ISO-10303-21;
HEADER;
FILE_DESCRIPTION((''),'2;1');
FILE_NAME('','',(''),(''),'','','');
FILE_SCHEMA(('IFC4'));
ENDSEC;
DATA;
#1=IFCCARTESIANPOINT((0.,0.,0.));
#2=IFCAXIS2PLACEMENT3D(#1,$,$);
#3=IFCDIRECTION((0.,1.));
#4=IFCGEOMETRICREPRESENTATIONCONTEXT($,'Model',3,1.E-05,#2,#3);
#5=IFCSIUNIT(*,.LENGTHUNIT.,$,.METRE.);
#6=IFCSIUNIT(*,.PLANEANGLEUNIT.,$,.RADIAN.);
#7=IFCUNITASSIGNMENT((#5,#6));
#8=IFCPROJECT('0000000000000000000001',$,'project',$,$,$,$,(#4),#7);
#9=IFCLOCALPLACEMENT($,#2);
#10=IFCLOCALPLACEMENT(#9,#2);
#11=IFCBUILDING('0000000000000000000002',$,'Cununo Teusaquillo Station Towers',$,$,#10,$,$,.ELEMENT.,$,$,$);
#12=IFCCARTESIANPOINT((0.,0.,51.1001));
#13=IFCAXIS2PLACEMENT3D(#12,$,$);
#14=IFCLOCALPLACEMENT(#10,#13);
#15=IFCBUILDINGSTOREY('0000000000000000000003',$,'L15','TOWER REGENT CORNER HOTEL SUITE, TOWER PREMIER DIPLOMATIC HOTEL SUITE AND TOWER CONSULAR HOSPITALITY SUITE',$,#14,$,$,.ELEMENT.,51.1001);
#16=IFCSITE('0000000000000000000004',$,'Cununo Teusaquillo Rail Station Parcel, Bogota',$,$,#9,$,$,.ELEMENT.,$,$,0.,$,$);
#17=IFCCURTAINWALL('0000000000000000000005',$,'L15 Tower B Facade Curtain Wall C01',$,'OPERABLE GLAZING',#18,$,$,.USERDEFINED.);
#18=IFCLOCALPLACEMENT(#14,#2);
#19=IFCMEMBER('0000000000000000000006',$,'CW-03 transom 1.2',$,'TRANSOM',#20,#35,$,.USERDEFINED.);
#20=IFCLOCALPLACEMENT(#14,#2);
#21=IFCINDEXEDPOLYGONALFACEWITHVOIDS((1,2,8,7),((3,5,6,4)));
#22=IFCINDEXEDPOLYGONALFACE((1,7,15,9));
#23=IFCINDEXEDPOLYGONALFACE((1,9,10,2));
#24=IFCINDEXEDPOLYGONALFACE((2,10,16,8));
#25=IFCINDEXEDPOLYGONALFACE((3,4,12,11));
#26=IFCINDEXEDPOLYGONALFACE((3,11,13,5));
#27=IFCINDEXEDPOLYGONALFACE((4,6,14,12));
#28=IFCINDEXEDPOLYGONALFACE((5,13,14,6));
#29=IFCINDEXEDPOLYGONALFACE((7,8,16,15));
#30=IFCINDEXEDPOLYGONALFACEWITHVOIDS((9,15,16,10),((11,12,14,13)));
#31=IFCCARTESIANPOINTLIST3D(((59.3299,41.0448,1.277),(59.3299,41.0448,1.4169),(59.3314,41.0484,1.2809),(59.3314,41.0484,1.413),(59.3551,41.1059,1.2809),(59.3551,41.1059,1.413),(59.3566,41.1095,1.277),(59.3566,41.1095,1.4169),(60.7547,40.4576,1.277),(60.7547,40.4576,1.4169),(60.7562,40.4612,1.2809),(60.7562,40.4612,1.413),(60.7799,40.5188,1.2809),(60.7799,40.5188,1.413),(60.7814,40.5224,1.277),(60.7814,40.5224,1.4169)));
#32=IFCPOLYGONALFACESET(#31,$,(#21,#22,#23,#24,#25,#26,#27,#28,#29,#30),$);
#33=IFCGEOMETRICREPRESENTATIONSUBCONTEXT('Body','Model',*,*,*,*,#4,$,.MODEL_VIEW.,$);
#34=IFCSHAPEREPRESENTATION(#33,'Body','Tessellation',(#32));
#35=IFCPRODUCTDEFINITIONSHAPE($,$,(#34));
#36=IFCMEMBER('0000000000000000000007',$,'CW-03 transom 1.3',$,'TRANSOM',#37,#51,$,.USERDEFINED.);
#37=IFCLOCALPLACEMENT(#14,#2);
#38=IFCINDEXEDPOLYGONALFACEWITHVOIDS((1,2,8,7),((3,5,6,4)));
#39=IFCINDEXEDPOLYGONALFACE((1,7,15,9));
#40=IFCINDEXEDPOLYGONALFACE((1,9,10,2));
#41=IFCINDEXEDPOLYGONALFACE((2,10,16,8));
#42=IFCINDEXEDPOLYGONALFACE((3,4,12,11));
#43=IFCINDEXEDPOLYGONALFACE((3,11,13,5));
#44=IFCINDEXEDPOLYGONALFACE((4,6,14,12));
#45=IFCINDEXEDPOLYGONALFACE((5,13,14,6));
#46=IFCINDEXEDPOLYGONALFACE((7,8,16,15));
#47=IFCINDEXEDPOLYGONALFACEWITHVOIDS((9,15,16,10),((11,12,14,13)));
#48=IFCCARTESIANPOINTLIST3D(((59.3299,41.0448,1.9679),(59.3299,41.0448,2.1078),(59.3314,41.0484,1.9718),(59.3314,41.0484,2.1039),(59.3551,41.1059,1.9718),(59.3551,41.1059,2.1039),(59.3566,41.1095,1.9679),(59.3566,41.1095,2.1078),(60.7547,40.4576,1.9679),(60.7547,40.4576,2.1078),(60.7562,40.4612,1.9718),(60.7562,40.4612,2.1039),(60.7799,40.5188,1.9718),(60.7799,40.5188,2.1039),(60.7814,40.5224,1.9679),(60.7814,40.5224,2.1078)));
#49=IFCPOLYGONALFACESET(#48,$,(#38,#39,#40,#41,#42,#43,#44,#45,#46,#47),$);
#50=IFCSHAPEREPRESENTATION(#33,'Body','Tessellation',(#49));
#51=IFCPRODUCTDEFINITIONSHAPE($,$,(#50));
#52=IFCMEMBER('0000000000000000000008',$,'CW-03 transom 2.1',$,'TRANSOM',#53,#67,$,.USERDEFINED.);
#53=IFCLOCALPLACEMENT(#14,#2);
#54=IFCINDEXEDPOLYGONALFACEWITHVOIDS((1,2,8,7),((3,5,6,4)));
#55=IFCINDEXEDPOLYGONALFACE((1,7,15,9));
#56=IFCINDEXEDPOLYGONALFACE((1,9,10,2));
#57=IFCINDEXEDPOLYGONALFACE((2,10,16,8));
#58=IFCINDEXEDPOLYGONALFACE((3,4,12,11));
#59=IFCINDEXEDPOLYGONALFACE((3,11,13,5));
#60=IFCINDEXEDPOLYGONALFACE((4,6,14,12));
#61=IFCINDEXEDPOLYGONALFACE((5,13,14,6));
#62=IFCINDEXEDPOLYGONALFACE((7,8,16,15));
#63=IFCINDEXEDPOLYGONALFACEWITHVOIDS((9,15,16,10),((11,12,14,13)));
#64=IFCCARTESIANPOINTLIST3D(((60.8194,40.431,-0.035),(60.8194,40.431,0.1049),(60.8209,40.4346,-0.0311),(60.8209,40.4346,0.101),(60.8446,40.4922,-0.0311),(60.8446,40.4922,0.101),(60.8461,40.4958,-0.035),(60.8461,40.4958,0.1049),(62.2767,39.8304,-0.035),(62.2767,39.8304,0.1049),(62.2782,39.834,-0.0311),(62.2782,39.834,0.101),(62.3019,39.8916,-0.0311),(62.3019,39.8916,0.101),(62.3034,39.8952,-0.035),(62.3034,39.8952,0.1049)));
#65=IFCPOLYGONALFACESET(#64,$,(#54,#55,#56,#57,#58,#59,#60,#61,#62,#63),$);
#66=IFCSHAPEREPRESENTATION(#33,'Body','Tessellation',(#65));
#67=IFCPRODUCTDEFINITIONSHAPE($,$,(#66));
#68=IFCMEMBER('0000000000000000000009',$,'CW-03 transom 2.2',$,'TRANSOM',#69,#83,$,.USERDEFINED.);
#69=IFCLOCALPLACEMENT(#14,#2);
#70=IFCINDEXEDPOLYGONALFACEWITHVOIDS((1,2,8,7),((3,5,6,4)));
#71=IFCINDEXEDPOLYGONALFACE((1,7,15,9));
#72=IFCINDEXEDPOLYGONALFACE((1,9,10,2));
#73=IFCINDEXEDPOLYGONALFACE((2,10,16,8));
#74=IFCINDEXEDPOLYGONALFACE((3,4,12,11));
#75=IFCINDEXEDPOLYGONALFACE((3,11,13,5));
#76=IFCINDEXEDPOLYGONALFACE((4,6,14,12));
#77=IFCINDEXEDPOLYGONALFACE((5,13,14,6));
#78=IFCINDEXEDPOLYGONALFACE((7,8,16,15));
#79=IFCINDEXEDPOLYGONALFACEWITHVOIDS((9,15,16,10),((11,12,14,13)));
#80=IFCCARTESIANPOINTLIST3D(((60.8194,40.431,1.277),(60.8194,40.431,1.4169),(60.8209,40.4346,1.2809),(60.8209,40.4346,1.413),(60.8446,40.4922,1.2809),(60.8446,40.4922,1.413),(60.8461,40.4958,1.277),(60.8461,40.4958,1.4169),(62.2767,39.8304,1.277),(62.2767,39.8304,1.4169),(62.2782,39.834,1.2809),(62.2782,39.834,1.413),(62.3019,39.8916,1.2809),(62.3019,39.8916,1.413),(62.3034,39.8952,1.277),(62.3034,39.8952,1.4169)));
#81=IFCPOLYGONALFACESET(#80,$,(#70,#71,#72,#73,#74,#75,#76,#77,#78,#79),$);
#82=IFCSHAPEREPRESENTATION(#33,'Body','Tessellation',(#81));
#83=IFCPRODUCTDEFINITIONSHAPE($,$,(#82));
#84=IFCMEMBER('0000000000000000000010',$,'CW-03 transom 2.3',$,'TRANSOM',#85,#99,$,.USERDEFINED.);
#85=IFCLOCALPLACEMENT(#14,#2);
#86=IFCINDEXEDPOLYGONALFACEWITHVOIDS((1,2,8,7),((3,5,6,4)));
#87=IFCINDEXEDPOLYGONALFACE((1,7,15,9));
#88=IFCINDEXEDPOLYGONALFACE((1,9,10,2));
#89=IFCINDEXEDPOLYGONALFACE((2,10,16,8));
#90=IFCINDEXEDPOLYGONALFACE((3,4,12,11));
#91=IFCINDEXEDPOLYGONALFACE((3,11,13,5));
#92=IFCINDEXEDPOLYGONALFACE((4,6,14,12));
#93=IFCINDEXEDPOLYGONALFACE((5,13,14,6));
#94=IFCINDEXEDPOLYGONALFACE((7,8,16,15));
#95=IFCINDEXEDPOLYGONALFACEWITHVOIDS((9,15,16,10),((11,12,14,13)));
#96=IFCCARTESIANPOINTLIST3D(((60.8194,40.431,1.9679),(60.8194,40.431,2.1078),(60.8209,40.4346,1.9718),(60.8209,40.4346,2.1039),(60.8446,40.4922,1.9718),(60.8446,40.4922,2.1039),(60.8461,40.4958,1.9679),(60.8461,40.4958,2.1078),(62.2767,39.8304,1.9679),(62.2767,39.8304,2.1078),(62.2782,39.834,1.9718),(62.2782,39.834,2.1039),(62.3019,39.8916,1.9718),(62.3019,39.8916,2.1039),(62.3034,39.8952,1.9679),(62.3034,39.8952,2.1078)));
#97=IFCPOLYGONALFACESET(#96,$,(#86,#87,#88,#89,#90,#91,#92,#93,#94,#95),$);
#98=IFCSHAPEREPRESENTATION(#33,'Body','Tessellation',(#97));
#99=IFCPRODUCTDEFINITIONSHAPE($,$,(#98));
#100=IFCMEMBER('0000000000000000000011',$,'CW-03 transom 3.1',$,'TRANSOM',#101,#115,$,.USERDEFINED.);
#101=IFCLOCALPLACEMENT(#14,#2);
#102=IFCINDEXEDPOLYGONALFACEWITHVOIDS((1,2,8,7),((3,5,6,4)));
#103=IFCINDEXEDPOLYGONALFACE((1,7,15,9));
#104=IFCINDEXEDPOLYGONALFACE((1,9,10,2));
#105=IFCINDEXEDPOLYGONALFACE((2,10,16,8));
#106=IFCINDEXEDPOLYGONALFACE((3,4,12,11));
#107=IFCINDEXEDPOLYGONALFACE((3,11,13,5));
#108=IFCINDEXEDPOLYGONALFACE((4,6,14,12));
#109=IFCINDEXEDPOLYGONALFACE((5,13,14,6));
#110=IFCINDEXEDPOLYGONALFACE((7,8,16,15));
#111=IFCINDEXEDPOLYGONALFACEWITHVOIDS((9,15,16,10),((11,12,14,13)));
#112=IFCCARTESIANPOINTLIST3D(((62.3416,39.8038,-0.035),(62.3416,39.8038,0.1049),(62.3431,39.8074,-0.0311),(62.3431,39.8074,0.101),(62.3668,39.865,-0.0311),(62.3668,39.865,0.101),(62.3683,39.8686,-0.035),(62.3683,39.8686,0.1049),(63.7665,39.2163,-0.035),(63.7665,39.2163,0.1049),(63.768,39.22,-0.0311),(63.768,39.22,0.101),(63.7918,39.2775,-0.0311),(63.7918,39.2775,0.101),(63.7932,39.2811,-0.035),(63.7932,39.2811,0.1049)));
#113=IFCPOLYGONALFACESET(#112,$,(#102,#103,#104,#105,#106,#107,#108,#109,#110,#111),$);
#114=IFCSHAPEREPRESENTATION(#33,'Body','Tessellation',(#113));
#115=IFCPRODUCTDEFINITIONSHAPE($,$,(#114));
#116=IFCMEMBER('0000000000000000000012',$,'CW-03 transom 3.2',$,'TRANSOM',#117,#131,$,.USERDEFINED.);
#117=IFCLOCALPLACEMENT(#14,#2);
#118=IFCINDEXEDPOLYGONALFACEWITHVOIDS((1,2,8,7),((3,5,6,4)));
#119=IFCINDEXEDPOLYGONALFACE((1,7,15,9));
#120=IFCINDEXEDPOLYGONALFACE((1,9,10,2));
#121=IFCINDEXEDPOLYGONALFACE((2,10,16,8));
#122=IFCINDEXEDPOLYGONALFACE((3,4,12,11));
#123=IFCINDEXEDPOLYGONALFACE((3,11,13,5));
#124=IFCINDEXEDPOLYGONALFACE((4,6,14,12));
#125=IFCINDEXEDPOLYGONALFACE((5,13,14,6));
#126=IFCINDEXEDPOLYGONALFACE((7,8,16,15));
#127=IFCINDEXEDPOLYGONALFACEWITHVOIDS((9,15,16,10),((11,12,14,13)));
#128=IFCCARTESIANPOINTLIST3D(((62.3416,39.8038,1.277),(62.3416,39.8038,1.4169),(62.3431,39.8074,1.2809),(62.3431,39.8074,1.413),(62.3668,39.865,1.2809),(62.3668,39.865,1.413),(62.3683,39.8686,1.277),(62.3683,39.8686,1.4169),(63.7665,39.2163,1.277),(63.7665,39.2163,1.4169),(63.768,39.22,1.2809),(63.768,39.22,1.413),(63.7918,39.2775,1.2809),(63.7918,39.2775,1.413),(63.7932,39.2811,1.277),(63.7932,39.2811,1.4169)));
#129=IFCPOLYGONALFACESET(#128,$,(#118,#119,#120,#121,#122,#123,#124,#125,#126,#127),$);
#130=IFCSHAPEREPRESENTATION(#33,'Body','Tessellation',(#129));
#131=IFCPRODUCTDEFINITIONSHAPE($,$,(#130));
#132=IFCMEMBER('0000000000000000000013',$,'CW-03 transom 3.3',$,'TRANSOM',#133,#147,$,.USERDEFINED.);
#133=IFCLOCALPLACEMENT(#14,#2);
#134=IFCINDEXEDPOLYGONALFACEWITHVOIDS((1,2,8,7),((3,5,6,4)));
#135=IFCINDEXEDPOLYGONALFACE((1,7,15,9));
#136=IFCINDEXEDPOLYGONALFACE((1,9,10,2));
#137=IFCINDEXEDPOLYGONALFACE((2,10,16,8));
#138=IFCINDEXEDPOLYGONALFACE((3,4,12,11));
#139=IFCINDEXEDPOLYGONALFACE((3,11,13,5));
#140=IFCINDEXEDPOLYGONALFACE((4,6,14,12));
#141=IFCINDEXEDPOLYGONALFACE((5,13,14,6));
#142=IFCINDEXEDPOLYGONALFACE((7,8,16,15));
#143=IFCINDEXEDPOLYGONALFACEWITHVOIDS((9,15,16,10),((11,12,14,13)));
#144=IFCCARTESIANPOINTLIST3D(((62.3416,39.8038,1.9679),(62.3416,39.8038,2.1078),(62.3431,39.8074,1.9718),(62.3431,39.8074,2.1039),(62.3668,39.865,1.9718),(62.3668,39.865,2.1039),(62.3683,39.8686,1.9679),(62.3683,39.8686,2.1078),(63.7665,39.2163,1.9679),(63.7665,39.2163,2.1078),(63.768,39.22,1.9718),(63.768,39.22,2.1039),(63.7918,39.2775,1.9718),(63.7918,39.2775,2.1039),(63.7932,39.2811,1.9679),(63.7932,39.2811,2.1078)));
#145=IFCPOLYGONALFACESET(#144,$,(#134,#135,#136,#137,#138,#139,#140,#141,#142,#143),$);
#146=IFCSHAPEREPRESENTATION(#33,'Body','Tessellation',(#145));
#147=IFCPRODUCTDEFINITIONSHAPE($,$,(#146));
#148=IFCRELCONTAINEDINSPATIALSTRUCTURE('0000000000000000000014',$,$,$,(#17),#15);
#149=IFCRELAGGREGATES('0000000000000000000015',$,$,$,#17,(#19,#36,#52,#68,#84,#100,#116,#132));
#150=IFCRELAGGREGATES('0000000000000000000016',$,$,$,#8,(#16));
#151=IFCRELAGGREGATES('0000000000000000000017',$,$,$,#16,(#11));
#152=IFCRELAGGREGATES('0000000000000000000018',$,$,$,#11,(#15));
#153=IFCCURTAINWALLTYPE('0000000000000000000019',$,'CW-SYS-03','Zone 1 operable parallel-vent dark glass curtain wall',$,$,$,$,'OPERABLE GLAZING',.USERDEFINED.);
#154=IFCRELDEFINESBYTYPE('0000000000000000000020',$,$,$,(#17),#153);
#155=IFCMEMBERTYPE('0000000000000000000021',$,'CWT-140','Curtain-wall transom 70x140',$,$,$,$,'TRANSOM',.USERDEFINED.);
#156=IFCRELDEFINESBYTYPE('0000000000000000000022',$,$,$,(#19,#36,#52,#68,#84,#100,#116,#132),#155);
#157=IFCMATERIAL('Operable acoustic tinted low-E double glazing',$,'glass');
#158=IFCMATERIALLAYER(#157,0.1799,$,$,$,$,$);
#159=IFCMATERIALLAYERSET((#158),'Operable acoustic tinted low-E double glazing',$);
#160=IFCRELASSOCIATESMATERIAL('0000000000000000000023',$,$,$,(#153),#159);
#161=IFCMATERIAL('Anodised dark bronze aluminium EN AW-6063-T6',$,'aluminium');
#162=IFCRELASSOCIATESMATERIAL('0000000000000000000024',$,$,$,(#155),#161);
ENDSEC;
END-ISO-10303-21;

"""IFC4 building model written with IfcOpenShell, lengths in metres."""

from ifc_helpers import new_model, si_unit, direction, frame, origin, origin_2d, place, context, subcontext, project, spatial, hollow_rectangle, extrude, material, layer, layer_set, material_profile, profile_set, type_object, element, aggregate, save


model = new_model("IFC4")

# Units and contexts
model_context = context("Model", 3, precision=1e-05, world=origin(), true_north=direction((0.0, 1.0)))
body_context = subcontext(model_context, "Body", "Model", "MODEL_VIEW")
ifc_project = project(units=[si_unit("LENGTHUNIT", "METRE"), si_unit("PLANEANGLEUNIT", "RADIAN")], contexts=[model_context])

# Site, building, storey
site_placement = place(None, origin())
site = spatial("IfcSite", under=ifc_project, at=site_placement, Name="Cununo Teusaquillo Rail Station Parcel, Bogota", CompositionType="ELEMENT", RefElevation=0.0)
building_placement = place(site_placement, origin())
building = spatial("IfcBuilding", under=site, at=building_placement, Name="Cununo Teusaquillo Station Towers", CompositionType="ELEMENT")
storey_placement = place(building_placement, frame((0.0, 0.0, 51.1001)))
storey = spatial("IfcBuildingStorey", under=building, at=storey_placement, Name="L15", Description="TOWER REGENT CORNER HOTEL SUITE, TOWER PREMIER DIPLOMATIC HOTEL SUITE AND TOWER CONSULAR HOSPITALITY SUITE", CompositionType="ELEMENT", Elevation=51.1001)

# Curtain wall, members
ifc_material_1 = material(Name="Operable acoustic tinted low-E double glazing", Category="glass")
ifc_layer_1 = layer(ifc_material_1, 0.1799)
ifc_layer_set_1 = layer_set([ifc_layer_1], Name="Operable acoustic tinted low-E double glazing")
curtain_wall_type = type_object("IfcCurtainWallType", Name="CW-SYS-03", Description="Zone 1 operable parallel-vent dark glass curtain wall", ElementType="OPERABLE GLAZING", PredefinedType="USERDEFINED", material=ifc_layer_set_1)
curtain_wall_placement = place(storey_placement, origin())
curtain_wall = element("IfcCurtainWall", 1, at=curtain_wall_placement, inside=storey, type_object=curtain_wall_type, Name="L15 Tower B Facade Curtain Wall C01", ObjectType="OPERABLE GLAZING", PredefinedType="USERDEFINED")
ifc_material_2 = material(Name="Anodised dark bronze aluminium EN AW-6063-T6", Category="aluminium")
ifc_material_profile_1 = material_profile(ifc_material_2, hollow_rectangle(XDim=0.0701, YDim=0.1399, WallThickness=0.0039, at=origin_2d()), Name="CW-TRAN-70x140")
ifc_profile_set_1 = profile_set([ifc_material_profile_1], Name="Anodised dark bronze aluminium EN AW-6063-T6")
member_type_1 = type_object("IfcMemberType", Name="CWT-140", Description="Curtain-wall transom 70x140", ElementType="TRANSOM", PredefinedType="USERDEFINED", material=ifc_profile_set_1)
member_1_placement = place(storey_placement, frame((59.3433, 41.0771, 1.3469), z_axis=(0.92457, -0.381013, 0.0), x_axis=(0.381013, 0.92457, 0.0)))
member_1 = element("IfcMember", 2, at=member_1_placement, type_object=member_type_1, Name="CW-03 transom 1.2", ObjectType="TRANSOM", PredefinedType="USERDEFINED", context=body_context, shape_type="SweptSolid", body=[
    extrude(hollow_rectangle(XDim=0.0701, YDim=0.1399, WallThickness=0.0039, at=origin_2d()), origin(), (0.0, 0.0, 1.0), 1.541),
])
member_2_placement = place(storey_placement, frame((59.3433, 41.0771, 2.0378), z_axis=(0.92457, -0.381013, 0.0), x_axis=(0.381013, 0.92457, 0.0)))
member_2 = element("IfcMember", 3, at=member_2_placement, type_object=member_type_1, Name="CW-03 transom 1.3", ObjectType="TRANSOM", PredefinedType="USERDEFINED", context=body_context, shape_type="SweptSolid", body=[
    extrude(hollow_rectangle(XDim=0.0701, YDim=0.1399, WallThickness=0.0039, at=origin_2d()), origin(), (0.0, 0.0, 1.0), 1.541),
])
member_3_placement = place(storey_placement, frame((60.8328, 40.4634, 0.0349), z_axis=(0.924559, -0.381038, 0.0), x_axis=(0.381038, 0.924559, 0.0)))
member_3 = element("IfcMember", 4, at=member_3_placement, type_object=member_type_1, Name="CW-03 transom 2.1", ObjectType="TRANSOM", PredefinedType="USERDEFINED", context=body_context, shape_type="SweptSolid", body=[
    extrude(hollow_rectangle(XDim=0.0701, YDim=0.1399, WallThickness=0.0039, at=origin_2d()), origin(), (0.0, 0.0, 1.0), 1.5762),
])
member_4_placement = place(storey_placement, frame((60.8328, 40.4634, 1.3469), z_axis=(0.924559, -0.381038, 0.0), x_axis=(0.381038, 0.924559, 0.0)))
member_4 = element("IfcMember", 5, at=member_4_placement, type_object=member_type_1, Name="CW-03 transom 2.2", ObjectType="TRANSOM", PredefinedType="USERDEFINED", context=body_context, shape_type="SweptSolid", body=[
    extrude(hollow_rectangle(XDim=0.0701, YDim=0.1399, WallThickness=0.0039, at=origin_2d()), origin(), (0.0, 0.0, 1.0), 1.5762),
])
member_5_placement = place(storey_placement, frame((60.8328, 40.4634, 2.0378), z_axis=(0.924559, -0.381038, 0.0), x_axis=(0.381038, 0.924559, 0.0)))
member_5 = element("IfcMember", 6, at=member_5_placement, type_object=member_type_1, Name="CW-03 transom 2.3", ObjectType="TRANSOM", PredefinedType="USERDEFINED", context=body_context, shape_type="SweptSolid", body=[
    extrude(hollow_rectangle(XDim=0.0701, YDim=0.1399, WallThickness=0.0039, at=origin_2d()), origin(), (0.0, 0.0, 1.0), 1.5762),
])
member_6_placement = place(storey_placement, frame((62.355, 39.8362, 0.0349), z_axis=(0.924514, -0.381148, 0.0), x_axis=(0.381148, 0.924514, 0.0)))
member_6 = element("IfcMember", 7, at=member_6_placement, type_object=member_type_1, Name="CW-03 transom 3.1", ObjectType="TRANSOM", PredefinedType="USERDEFINED", context=body_context, shape_type="SweptSolid", body=[
    extrude(hollow_rectangle(XDim=0.0701, YDim=0.1399, WallThickness=0.0039, at=origin_2d()), origin(), (0.0, 0.0, 1.0), 1.5413),
])
member_7_placement = place(storey_placement, frame((62.355, 39.8362, 1.3469), z_axis=(0.924514, -0.381148, 0.0), x_axis=(0.381148, 0.924514, 0.0)))
member_7 = element("IfcMember", 8, at=member_7_placement, type_object=member_type_1, Name="CW-03 transom 3.2", ObjectType="TRANSOM", PredefinedType="USERDEFINED", context=body_context, shape_type="SweptSolid", body=[
    extrude(hollow_rectangle(XDim=0.0701, YDim=0.1399, WallThickness=0.0039, at=origin_2d()), origin(), (0.0, 0.0, 1.0), 1.5413),
])
member_8_placement = place(storey_placement, frame((62.355, 39.8362, 2.0378), z_axis=(0.924514, -0.381148, 0.0), x_axis=(0.381148, 0.924514, 0.0)))
member_8 = element("IfcMember", 9, at=member_8_placement, type_object=member_type_1, Name="CW-03 transom 3.3", ObjectType="TRANSOM", PredefinedType="USERDEFINED", context=body_context, shape_type="SweptSolid", body=[
    extrude(hollow_rectangle(XDim=0.0701, YDim=0.1399, WallThickness=0.0039, at=origin_2d()), origin(), (0.0, 0.0, 1.0), 1.5413),
])

aggregate(curtain_wall, [member_1, member_2, member_3, member_4, member_5, member_6, member_7, member_8])

save(model, "model.ifc")
